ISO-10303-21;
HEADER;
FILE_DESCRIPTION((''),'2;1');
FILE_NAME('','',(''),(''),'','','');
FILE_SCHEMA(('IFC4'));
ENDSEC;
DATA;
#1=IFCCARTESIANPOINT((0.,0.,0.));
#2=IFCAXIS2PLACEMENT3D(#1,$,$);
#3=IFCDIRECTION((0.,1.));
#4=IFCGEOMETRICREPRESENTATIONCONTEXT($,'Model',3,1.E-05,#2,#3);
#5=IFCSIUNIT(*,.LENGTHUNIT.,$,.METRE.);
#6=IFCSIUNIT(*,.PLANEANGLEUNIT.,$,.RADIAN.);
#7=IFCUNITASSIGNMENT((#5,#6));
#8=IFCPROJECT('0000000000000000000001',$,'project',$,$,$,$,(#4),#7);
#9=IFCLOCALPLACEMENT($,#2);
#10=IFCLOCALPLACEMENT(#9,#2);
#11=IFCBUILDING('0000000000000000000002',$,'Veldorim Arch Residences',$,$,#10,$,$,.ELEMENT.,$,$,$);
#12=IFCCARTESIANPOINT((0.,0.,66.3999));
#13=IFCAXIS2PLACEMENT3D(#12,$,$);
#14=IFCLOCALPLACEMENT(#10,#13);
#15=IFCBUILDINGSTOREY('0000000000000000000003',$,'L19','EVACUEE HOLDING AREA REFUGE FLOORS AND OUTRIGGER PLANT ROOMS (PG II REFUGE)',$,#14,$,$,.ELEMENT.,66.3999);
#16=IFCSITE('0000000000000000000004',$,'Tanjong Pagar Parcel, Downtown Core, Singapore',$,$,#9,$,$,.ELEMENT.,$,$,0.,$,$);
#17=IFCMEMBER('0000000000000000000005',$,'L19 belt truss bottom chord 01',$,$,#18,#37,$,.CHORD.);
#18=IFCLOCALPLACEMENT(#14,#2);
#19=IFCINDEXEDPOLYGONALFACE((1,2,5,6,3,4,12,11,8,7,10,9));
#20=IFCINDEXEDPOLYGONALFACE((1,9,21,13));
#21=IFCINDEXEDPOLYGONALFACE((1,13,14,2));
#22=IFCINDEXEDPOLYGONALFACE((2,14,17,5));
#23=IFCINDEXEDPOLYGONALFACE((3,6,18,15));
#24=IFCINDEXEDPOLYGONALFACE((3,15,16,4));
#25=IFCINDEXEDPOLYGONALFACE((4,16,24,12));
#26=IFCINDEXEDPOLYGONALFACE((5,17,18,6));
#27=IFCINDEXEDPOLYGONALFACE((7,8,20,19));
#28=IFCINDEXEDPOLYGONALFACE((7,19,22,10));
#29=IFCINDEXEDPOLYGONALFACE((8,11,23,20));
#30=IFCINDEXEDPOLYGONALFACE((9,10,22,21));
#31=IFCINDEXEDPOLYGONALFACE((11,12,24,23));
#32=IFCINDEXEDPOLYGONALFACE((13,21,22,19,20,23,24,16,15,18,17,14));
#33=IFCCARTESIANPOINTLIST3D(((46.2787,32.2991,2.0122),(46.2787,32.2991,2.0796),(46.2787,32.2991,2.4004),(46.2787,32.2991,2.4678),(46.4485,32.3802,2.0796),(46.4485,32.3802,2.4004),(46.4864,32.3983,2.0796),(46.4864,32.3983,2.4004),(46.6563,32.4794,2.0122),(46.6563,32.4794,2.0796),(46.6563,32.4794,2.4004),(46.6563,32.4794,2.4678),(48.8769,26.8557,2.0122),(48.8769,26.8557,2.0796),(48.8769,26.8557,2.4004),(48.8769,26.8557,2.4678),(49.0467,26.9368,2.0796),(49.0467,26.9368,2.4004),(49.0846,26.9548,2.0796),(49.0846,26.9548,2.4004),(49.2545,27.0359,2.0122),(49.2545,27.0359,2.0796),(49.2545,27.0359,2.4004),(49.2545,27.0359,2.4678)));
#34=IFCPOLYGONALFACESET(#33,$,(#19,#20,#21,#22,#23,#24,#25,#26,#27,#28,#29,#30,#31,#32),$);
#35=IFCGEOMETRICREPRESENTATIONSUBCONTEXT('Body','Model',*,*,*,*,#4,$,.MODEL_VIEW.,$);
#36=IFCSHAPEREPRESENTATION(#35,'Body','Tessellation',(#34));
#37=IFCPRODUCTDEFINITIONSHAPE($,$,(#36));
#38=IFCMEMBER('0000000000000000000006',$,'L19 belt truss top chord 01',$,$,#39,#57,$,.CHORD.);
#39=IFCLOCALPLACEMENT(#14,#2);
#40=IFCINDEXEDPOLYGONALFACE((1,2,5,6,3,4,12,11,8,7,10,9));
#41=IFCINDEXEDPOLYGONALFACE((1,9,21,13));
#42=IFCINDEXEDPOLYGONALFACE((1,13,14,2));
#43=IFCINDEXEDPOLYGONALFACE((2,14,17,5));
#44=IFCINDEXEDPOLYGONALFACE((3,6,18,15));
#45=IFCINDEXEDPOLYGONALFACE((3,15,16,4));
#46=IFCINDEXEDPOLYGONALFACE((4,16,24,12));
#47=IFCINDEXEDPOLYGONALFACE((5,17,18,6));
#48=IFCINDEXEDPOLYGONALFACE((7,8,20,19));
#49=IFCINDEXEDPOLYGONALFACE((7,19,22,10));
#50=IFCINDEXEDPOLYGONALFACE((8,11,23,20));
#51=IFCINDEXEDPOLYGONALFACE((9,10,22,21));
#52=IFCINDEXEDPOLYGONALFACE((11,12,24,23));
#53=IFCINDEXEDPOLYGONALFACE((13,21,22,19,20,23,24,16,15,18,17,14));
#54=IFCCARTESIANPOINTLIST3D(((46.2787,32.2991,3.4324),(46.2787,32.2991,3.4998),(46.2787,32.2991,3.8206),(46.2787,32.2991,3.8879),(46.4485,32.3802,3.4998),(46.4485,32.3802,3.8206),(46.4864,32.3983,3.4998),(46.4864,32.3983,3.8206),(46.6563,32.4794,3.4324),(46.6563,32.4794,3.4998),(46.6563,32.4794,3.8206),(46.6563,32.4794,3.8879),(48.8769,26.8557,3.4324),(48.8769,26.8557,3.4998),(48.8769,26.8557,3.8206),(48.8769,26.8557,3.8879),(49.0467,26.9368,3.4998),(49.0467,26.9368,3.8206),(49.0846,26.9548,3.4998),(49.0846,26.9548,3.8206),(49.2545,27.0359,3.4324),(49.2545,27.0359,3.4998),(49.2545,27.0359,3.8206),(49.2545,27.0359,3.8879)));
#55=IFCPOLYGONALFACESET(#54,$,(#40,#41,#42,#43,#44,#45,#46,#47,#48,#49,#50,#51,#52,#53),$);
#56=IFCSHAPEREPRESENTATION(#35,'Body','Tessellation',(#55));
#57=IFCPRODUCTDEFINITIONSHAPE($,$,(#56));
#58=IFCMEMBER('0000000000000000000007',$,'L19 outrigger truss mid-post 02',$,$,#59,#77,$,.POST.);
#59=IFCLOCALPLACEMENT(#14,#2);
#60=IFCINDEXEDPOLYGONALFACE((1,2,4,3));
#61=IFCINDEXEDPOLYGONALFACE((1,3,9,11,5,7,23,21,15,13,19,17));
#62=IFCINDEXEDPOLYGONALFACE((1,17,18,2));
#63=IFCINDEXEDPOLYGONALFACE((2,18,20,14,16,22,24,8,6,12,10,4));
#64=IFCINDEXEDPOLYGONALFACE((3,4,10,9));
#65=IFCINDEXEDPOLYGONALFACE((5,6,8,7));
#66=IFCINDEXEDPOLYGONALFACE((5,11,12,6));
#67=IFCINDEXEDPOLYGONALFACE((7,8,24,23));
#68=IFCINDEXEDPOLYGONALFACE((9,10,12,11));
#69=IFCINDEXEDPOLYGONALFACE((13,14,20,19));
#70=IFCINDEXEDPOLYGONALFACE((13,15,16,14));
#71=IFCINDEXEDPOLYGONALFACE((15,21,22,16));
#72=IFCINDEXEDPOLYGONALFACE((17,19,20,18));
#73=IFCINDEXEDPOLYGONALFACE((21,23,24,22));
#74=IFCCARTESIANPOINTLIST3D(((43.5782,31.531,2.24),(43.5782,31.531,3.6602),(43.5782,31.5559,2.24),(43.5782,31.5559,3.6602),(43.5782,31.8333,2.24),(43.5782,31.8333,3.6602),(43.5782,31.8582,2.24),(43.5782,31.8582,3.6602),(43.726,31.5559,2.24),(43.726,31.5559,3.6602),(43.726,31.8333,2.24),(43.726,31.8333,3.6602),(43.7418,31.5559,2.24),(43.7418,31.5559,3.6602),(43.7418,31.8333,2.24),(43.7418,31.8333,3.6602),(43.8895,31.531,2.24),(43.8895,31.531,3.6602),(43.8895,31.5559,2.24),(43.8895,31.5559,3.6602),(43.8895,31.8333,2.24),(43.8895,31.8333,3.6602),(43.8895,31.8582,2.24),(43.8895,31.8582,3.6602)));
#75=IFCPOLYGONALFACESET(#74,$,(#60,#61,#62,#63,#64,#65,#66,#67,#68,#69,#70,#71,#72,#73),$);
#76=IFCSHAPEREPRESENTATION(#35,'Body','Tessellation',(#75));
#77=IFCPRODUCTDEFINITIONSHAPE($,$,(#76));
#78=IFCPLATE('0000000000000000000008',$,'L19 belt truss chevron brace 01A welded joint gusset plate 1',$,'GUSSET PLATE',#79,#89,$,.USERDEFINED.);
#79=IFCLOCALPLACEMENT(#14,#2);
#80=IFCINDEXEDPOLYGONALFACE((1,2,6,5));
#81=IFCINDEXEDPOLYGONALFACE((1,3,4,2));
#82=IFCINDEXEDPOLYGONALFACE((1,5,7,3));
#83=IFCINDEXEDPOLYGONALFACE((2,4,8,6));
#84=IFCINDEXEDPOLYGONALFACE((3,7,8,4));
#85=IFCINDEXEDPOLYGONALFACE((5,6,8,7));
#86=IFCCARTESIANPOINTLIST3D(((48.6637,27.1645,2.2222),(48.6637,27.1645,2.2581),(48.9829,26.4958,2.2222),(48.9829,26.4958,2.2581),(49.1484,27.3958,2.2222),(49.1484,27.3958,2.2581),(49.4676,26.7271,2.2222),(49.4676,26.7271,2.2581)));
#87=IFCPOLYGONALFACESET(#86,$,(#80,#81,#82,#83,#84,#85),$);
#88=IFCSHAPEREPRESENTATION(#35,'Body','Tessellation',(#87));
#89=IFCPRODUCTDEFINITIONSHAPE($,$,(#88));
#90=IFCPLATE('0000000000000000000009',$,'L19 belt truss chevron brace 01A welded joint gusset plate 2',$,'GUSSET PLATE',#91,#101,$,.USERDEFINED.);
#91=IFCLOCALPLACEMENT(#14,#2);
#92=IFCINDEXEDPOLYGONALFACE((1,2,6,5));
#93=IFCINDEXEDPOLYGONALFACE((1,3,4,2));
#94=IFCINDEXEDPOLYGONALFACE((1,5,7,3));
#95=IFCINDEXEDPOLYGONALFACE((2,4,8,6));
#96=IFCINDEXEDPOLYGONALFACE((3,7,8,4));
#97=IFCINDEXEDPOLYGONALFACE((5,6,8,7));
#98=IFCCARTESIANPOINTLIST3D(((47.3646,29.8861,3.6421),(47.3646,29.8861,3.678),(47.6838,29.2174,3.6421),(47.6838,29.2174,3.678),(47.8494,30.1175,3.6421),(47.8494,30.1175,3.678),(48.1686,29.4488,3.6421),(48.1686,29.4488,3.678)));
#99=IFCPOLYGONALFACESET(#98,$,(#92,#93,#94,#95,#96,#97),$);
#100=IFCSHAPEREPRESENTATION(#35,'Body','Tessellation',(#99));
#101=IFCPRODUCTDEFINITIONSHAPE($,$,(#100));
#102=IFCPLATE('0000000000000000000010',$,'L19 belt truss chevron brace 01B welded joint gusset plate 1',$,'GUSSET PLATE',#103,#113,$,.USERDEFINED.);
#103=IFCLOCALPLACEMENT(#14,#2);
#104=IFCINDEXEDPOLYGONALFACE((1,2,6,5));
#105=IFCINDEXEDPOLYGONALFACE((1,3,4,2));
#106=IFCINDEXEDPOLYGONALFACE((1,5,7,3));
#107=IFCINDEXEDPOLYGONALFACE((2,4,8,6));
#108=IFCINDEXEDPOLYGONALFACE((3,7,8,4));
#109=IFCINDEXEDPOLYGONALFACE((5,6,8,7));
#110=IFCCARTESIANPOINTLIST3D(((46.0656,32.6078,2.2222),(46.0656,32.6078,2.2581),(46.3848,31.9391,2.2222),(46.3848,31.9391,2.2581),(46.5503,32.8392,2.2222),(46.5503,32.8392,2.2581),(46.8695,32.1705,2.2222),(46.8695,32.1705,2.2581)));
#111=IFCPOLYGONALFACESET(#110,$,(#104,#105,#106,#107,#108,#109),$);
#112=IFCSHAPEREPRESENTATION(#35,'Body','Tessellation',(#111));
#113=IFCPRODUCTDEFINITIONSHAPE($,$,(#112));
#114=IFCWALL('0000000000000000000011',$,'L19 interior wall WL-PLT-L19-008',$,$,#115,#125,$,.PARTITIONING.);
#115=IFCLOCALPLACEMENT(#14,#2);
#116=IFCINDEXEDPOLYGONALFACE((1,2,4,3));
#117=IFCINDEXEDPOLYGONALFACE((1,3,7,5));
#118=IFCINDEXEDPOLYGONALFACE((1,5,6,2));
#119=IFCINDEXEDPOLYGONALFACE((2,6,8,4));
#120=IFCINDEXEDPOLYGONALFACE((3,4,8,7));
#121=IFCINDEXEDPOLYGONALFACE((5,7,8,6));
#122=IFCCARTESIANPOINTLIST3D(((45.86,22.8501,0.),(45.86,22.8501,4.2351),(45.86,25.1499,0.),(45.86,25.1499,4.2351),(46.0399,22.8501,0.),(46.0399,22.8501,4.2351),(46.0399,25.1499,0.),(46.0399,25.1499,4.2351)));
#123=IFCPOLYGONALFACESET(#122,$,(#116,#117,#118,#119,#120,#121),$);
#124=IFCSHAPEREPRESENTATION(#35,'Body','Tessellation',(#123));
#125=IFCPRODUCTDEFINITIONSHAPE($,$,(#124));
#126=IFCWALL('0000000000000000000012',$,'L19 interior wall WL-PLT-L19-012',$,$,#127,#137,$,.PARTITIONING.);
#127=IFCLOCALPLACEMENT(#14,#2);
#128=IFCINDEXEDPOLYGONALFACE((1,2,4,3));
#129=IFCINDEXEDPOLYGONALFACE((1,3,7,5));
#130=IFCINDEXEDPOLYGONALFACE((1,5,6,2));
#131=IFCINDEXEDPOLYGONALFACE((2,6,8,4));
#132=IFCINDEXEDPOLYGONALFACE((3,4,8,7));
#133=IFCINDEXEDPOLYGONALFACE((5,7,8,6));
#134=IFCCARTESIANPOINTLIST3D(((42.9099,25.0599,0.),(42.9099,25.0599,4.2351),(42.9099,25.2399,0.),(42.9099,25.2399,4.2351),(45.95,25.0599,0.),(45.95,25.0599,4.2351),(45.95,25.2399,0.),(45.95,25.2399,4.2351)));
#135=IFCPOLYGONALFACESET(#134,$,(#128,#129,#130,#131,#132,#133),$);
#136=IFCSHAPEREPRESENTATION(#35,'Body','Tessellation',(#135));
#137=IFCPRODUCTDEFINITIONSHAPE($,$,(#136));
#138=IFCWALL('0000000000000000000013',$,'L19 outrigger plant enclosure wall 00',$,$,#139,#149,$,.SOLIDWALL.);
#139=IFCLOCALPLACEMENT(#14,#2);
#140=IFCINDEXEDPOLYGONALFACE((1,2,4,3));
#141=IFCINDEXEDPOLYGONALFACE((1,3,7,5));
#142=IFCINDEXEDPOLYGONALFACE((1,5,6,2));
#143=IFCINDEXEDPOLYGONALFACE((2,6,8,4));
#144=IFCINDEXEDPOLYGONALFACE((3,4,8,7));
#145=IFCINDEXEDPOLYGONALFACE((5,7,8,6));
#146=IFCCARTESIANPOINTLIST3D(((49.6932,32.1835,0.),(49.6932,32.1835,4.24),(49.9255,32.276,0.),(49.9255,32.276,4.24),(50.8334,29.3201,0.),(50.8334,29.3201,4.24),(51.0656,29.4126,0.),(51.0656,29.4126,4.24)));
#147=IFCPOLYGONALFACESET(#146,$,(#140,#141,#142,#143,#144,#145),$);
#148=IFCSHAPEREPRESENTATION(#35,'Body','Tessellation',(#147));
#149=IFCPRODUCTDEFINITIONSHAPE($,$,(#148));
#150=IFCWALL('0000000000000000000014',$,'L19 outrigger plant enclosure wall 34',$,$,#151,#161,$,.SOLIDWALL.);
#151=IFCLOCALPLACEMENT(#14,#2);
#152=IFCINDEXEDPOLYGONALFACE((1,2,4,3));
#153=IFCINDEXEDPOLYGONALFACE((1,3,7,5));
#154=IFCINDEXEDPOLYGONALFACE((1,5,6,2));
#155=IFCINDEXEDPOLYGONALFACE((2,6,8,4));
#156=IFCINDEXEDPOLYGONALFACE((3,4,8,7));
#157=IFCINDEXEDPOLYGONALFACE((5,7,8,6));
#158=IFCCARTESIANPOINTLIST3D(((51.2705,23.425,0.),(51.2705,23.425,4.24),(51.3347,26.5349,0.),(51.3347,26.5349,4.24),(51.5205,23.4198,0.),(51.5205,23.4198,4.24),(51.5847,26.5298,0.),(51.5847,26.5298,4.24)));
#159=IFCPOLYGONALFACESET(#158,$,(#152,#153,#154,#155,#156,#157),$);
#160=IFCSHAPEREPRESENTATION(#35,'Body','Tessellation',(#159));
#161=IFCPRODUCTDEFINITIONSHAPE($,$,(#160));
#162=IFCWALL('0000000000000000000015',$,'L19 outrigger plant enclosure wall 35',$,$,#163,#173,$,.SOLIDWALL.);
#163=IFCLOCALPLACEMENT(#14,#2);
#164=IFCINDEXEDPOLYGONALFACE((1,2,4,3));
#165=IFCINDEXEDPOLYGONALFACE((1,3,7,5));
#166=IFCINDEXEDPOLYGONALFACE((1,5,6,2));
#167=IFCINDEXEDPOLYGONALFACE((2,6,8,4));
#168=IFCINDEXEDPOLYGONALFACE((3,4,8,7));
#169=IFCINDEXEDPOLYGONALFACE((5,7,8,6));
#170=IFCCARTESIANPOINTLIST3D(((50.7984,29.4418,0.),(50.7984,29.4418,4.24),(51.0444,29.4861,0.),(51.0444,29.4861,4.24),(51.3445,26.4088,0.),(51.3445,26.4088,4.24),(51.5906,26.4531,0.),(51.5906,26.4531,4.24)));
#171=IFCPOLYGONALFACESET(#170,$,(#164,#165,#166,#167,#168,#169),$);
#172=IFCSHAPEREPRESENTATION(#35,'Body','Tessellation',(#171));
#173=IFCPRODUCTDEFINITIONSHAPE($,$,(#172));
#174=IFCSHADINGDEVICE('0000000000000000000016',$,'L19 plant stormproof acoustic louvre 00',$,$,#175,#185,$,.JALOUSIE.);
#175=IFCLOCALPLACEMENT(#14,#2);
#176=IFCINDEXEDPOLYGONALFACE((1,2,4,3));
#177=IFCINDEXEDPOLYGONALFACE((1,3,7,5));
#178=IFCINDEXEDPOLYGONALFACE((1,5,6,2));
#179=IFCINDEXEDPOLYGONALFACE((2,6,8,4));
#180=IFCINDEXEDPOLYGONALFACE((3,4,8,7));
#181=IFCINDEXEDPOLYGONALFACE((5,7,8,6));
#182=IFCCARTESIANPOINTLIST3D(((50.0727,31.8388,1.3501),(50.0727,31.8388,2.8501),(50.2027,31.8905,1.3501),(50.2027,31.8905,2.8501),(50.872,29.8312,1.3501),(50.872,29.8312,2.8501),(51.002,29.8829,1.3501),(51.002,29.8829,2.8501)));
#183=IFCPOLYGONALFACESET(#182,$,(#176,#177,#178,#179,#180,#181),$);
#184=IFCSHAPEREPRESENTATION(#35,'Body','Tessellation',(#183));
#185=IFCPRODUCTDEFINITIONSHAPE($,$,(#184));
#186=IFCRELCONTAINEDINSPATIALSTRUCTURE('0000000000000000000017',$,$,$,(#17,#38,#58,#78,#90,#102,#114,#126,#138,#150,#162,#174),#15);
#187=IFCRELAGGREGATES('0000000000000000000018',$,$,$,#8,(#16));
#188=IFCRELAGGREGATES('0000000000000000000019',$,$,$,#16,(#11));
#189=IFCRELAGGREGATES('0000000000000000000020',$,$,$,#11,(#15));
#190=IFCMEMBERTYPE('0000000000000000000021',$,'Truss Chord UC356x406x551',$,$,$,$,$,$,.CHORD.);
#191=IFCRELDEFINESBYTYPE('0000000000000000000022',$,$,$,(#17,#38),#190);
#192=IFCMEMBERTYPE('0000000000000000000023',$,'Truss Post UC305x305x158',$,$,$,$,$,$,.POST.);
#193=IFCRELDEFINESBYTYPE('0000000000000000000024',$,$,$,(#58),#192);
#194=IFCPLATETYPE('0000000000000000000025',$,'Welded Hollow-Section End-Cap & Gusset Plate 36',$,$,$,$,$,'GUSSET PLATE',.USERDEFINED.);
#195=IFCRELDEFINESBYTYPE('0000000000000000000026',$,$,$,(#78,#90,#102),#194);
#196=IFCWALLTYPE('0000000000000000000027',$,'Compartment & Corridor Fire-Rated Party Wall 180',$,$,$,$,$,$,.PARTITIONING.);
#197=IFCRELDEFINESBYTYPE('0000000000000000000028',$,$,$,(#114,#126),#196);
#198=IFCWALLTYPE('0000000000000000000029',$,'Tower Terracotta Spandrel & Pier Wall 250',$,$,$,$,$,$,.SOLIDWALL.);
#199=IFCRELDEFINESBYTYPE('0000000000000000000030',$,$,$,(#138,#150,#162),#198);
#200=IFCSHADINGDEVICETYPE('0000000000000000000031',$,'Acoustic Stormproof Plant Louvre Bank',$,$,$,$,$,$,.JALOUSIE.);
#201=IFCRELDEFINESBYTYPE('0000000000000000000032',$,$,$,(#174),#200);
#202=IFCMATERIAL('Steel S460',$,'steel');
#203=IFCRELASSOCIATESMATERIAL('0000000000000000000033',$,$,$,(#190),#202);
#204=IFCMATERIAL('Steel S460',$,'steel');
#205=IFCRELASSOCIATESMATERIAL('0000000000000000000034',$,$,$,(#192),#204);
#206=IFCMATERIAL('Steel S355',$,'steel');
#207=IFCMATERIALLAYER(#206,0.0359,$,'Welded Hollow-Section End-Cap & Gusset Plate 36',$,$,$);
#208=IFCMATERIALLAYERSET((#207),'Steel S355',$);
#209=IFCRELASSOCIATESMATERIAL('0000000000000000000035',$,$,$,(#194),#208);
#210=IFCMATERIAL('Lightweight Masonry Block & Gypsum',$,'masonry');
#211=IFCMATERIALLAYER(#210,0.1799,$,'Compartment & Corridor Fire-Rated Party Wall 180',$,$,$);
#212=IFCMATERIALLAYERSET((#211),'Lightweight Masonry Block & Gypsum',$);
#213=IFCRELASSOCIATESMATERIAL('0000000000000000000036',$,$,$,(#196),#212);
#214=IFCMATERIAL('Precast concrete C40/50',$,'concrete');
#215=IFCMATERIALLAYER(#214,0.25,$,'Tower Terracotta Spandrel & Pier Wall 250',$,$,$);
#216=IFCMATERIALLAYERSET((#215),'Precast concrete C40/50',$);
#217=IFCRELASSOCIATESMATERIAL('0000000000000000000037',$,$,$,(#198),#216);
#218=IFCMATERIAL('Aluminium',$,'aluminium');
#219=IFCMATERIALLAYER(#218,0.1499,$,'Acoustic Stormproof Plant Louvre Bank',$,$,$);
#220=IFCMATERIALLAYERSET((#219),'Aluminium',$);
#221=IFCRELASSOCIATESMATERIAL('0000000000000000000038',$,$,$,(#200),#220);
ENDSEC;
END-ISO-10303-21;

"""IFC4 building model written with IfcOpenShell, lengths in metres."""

from ifc_helpers import new_model, si_unit, direction, frame, frame_2d, origin, origin_2d, place, context, subcontext, project, spatial, rectangle, i_section, extrude, material, layer, layer_set, material_profile, profile_set, type_object, element, save


model = new_model("IFC4")

# Units and contexts
model_context = context("Model", 3, precision=1e-05, world=origin(), true_north=direction((0.0, 1.0)))
body_context = subcontext(model_context, "Body", "Model", "MODEL_VIEW")
ifc_project = project(units=[si_unit("LENGTHUNIT", "METRE"), si_unit("PLANEANGLEUNIT", "RADIAN")], contexts=[model_context])

# Site, building, storey
site_placement = place(None, origin())
site = spatial("IfcSite", under=ifc_project, at=site_placement, Name="Tanjong Pagar Parcel, Downtown Core, Singapore", CompositionType="ELEMENT", RefElevation=0.0)
building_placement = place(site_placement, origin())
building = spatial("IfcBuilding", under=site, at=building_placement, Name="Veldorim Arch Residences", CompositionType="ELEMENT")
storey_placement = place(building_placement, frame((0.0, 0.0, 66.3999)))
storey = spatial("IfcBuildingStorey", under=building, at=storey_placement, Name="L19", Description="EVACUEE HOLDING AREA REFUGE FLOORS AND OUTRIGGER PLANT ROOMS (PG II REFUGE)", CompositionType="ELEMENT", Elevation=66.3999)

# Members
ifc_material_1 = material(Name="Steel S460", Category="steel")
ifc_material_profile_1 = material_profile(ifc_material_1, i_section(OverallWidth=0.4185, OverallDepth=0.4556, WebThickness=0.042, FlangeThickness=0.0674, at=origin_2d()), Name="UC356x406x551")
ifc_profile_set_1 = profile_set([ifc_material_profile_1], Name="Steel S460")
member_type_1 = type_object("IfcMemberType", Name="Truss Chord UC356x406x551", PredefinedType="CHORD", material=ifc_profile_set_1)
for number, where, z_axis, x_axis, name in (
    (1, (49.0657, 26.9458, 2.24), (-0.430754, 0.90247, 0.0), (-0.90247, -0.430754, 0.0), "L19 belt truss bottom chord 01"),
    (2, (49.0657, 26.9458, 3.6602), (-0.430754, 0.90247, 0.0), (-0.90247, -0.430754, 0.0), "L19 belt truss top chord 01"),
):
    element("IfcMember", number, at=place(storey_placement, frame(where, z_axis=z_axis, x_axis=x_axis)), inside=storey, type_object=member_type_1, Name=name, PredefinedType="CHORD", context=body_context, shape_type="SweptSolid", body=[
        extrude(i_section(OverallWidth=0.4185, OverallDepth=0.4556, WebThickness=0.042, FlangeThickness=0.0674, at=origin_2d()), origin(), (0.0, 0.0, 1.0), 6.0317),
    ])
ifc_material_2 = material(Name="Steel S460", Category="steel")
ifc_material_profile_2 = material_profile(ifc_material_2, i_section(OverallWidth=0.3113, OverallDepth=0.3271, WebThickness=0.0159, FlangeThickness=0.0249, at=origin_2d()), Name="UC305x305x158")
ifc_profile_set_2 = profile_set([ifc_material_profile_2], Name="Steel S460")
member_type_2 = type_object("IfcMemberType", Name="Truss Post UC305x305x158", PredefinedType="POST", material=ifc_profile_set_2)
member_1_placement = place(storey_placement, frame((43.7339, 31.6946, 2.24), z_axis=(0.0, 0.0, 1.0), x_axis=(1.0, 0.0, 0.0)))
element("IfcMember", 3, at=member_1_placement, inside=storey, type_object=member_type_2, Name="L19 outrigger truss mid-post 02", PredefinedType="POST", context=body_context, shape_type="SweptSolid", body=[
    extrude(i_section(OverallWidth=0.3113, OverallDepth=0.3271, WebThickness=0.0159, FlangeThickness=0.0249, at=origin_2d()), origin(), (0.0, 0.0, 1.0), 1.4202),
])

# Plates
ifc_material_3 = material(Name="Steel S355", Category="steel")
ifc_layer_1 = layer(ifc_material_3, 0.0359, Name="Welded Hollow-Section End-Cap & Gusset Plate 36")
ifc_layer_set_1 = layer_set([ifc_layer_1], Name="Steel S355")
plate_type = type_object("IfcPlateType", Name="Welded Hollow-Section End-Cap & Gusset Plate 36", ElementType="GUSSET PLATE", PredefinedType="USERDEFINED", material=ifc_layer_set_1)
for number, where, z_axis, x_axis, name in (
    (4, (49.0657, 26.9458, 2.2222), (0.0, 0.0, 1.0), (-0.430779, 0.902458, 0.0), "L19 belt truss chevron brace 01A welded joint gusset plate 1"),
    (5, (47.7666, 29.6675, 3.6421), (0.0, 0.0, 1.0), (-0.430779, 0.902458, 0.0), "L19 belt truss chevron brace 01A welded joint gusset plate 2"),
    (6, (46.4675, 32.3892, 2.2222), (0.0, 0.0, 1.0), (0.430747, -0.902473, 0.0), "L19 belt truss chevron brace 01B welded joint gusset plate 1"),
):
    element("IfcPlate", number, at=place(storey_placement, frame(where, z_axis=z_axis, x_axis=x_axis)), inside=storey, type_object=plate_type, Name=name, ObjectType="GUSSET PLATE", PredefinedType="USERDEFINED", context=body_context, shape_type="SweptSolid", body=[
        extrude(rectangle(XDim=0.741, YDim=0.5371, at=origin_2d()), origin(), (0.0, 0.0, 1.0), 0.0359),
    ])

# Walls
ifc_material_4 = material(Name="Lightweight Masonry Block & Gypsum", Category="masonry")
ifc_layer_2 = layer(ifc_material_4, 0.1799, Name="Compartment & Corridor Fire-Rated Party Wall 180")
ifc_layer_set_2 = layer_set([ifc_layer_2], Name="Lightweight Masonry Block & Gypsum")
wall_type_1 = type_object("IfcWallType", Name="Compartment & Corridor Fire-Rated Party Wall 180", PredefinedType="PARTITIONING", material=ifc_layer_set_2)
wall_1_placement = place(storey_placement, frame((45.95, 25.1499, 0.0), z_axis=(0.0, 0.0, 1.0), x_axis=(0.0, -1.0, 0.0)))
element("IfcWall", 7, at=wall_1_placement, inside=storey, type_object=wall_type_1, Name="L19 interior wall WL-PLT-L19-008", PredefinedType="PARTITIONING", context=body_context, shape_type="SweptSolid", body=[
    extrude(rectangle(XDim=2.2998, YDim=0.1799, at=frame_2d((1.1499, 0.0))), origin(), (0.0, 0.0, 1.0), 4.2351),
])
wall_2_placement = place(storey_placement, frame((42.9099, 25.1499, 0.0), z_axis=(0.0, 0.0, 1.0), x_axis=(1.0, 0.0, 0.0)))
element("IfcWall", 8, at=wall_2_placement, inside=storey, type_object=wall_type_1, Name="L19 interior wall WL-PLT-L19-012", PredefinedType="PARTITIONING", context=body_context, shape_type="SweptSolid", body=[
    extrude(rectangle(XDim=3.04, YDim=0.1799, at=frame_2d((1.52, 0.0))), origin(), (0.0, 0.0, 1.0), 4.2351),
])
ifc_material_5 = material(Name="Precast concrete C40/50", Category="concrete")
ifc_layer_3 = layer(ifc_material_5, 0.25, Name="Tower Terracotta Spandrel & Pier Wall 250")
ifc_layer_set_3 = layer_set([ifc_layer_3], Name="Precast concrete C40/50")
wall_type_2 = type_object("IfcWallType", Name="Tower Terracotta Spandrel & Pier Wall 250", PredefinedType="SOLIDWALL", material=ifc_layer_set_3)
wall_3_placement = place(storey_placement, frame((49.8093, 32.2297, 0.0), z_axis=(0.0, 0.0, 1.0), x_axis=(0.369942, -0.929055, 0.0)))
element("IfcWall", 9, at=wall_3_placement, inside=storey, type_object=wall_type_2, Name="L19 outrigger plant enclosure wall 00", PredefinedType="SOLIDWALL", context=body_context, shape_type="SweptSolid", body=[
    extrude(rectangle(XDim=3.082, YDim=0.25, at=frame_2d((1.541, 0.0))), origin(), (0.0, 0.0, 1.0), 4.24),
])
wall_4_placement = place(storey_placement, frame((51.4597, 26.5322, 0.0), z_axis=(0.0, 0.0, 1.0), x_axis=(-0.020642, -0.999787, 0.0)))
element("IfcWall", 10, at=wall_4_placement, inside=storey, type_object=wall_type_2, Name="L19 outrigger plant enclosure wall 34", PredefinedType="SOLIDWALL", context=body_context, shape_type="SweptSolid", body=[
    extrude(rectangle(XDim=3.1106, YDim=0.25, at=frame_2d((1.5552, 0.0))), origin(), (0.0, 0.0, 1.0), 4.24),
])
wall_5_placement = place(storey_placement, frame((50.9214, 29.4641, 0.0), z_axis=(0.0, 0.0, 1.0), x_axis=(0.177219, -0.984171, 0.0)))
element("IfcWall", 11, at=wall_5_placement, inside=storey, type_object=wall_type_2, Name="L19 outrigger plant enclosure wall 35", PredefinedType="SOLIDWALL", context=body_context, shape_type="SweptSolid", body=[
    extrude(rectangle(XDim=3.0818, YDim=0.25, at=frame_2d((1.541, 0.0))), origin(), (0.0, 0.0, 1.0), 4.24),
])

# Shading device
ifc_material_6 = material(Name="Aluminium", Category="aluminium")
ifc_layer_4 = layer(ifc_material_6, 0.1499, Name="Acoustic Stormproof Plant Louvre Bank")
ifc_layer_set_4 = layer_set([ifc_layer_4], Name="Aluminium")
shading_device_type = type_object("IfcShadingDeviceType", Name="Acoustic Stormproof Plant Louvre Bank", PredefinedType="JALOUSIE", material=ifc_layer_set_4)
shading_device_1_placement = place(storey_placement, frame((50.5374, 30.8608, 1.3501), z_axis=(0.0, 0.0, 1.0), x_axis=(0.369909, -0.929068, 0.0)))
element("IfcShadingDevice", 12, at=shading_device_1_placement, inside=storey, type_object=shading_device_type, Name="L19 plant stormproof acoustic louvre 00", PredefinedType="JALOUSIE", context=body_context, shape_type="SweptSolid", body=[
    extrude(rectangle(XDim=2.1609, YDim=0.1399, at=origin_2d()), origin(), (0.0, 0.0, 1.0), 1.5),
])

save(model, "model.ifc")
